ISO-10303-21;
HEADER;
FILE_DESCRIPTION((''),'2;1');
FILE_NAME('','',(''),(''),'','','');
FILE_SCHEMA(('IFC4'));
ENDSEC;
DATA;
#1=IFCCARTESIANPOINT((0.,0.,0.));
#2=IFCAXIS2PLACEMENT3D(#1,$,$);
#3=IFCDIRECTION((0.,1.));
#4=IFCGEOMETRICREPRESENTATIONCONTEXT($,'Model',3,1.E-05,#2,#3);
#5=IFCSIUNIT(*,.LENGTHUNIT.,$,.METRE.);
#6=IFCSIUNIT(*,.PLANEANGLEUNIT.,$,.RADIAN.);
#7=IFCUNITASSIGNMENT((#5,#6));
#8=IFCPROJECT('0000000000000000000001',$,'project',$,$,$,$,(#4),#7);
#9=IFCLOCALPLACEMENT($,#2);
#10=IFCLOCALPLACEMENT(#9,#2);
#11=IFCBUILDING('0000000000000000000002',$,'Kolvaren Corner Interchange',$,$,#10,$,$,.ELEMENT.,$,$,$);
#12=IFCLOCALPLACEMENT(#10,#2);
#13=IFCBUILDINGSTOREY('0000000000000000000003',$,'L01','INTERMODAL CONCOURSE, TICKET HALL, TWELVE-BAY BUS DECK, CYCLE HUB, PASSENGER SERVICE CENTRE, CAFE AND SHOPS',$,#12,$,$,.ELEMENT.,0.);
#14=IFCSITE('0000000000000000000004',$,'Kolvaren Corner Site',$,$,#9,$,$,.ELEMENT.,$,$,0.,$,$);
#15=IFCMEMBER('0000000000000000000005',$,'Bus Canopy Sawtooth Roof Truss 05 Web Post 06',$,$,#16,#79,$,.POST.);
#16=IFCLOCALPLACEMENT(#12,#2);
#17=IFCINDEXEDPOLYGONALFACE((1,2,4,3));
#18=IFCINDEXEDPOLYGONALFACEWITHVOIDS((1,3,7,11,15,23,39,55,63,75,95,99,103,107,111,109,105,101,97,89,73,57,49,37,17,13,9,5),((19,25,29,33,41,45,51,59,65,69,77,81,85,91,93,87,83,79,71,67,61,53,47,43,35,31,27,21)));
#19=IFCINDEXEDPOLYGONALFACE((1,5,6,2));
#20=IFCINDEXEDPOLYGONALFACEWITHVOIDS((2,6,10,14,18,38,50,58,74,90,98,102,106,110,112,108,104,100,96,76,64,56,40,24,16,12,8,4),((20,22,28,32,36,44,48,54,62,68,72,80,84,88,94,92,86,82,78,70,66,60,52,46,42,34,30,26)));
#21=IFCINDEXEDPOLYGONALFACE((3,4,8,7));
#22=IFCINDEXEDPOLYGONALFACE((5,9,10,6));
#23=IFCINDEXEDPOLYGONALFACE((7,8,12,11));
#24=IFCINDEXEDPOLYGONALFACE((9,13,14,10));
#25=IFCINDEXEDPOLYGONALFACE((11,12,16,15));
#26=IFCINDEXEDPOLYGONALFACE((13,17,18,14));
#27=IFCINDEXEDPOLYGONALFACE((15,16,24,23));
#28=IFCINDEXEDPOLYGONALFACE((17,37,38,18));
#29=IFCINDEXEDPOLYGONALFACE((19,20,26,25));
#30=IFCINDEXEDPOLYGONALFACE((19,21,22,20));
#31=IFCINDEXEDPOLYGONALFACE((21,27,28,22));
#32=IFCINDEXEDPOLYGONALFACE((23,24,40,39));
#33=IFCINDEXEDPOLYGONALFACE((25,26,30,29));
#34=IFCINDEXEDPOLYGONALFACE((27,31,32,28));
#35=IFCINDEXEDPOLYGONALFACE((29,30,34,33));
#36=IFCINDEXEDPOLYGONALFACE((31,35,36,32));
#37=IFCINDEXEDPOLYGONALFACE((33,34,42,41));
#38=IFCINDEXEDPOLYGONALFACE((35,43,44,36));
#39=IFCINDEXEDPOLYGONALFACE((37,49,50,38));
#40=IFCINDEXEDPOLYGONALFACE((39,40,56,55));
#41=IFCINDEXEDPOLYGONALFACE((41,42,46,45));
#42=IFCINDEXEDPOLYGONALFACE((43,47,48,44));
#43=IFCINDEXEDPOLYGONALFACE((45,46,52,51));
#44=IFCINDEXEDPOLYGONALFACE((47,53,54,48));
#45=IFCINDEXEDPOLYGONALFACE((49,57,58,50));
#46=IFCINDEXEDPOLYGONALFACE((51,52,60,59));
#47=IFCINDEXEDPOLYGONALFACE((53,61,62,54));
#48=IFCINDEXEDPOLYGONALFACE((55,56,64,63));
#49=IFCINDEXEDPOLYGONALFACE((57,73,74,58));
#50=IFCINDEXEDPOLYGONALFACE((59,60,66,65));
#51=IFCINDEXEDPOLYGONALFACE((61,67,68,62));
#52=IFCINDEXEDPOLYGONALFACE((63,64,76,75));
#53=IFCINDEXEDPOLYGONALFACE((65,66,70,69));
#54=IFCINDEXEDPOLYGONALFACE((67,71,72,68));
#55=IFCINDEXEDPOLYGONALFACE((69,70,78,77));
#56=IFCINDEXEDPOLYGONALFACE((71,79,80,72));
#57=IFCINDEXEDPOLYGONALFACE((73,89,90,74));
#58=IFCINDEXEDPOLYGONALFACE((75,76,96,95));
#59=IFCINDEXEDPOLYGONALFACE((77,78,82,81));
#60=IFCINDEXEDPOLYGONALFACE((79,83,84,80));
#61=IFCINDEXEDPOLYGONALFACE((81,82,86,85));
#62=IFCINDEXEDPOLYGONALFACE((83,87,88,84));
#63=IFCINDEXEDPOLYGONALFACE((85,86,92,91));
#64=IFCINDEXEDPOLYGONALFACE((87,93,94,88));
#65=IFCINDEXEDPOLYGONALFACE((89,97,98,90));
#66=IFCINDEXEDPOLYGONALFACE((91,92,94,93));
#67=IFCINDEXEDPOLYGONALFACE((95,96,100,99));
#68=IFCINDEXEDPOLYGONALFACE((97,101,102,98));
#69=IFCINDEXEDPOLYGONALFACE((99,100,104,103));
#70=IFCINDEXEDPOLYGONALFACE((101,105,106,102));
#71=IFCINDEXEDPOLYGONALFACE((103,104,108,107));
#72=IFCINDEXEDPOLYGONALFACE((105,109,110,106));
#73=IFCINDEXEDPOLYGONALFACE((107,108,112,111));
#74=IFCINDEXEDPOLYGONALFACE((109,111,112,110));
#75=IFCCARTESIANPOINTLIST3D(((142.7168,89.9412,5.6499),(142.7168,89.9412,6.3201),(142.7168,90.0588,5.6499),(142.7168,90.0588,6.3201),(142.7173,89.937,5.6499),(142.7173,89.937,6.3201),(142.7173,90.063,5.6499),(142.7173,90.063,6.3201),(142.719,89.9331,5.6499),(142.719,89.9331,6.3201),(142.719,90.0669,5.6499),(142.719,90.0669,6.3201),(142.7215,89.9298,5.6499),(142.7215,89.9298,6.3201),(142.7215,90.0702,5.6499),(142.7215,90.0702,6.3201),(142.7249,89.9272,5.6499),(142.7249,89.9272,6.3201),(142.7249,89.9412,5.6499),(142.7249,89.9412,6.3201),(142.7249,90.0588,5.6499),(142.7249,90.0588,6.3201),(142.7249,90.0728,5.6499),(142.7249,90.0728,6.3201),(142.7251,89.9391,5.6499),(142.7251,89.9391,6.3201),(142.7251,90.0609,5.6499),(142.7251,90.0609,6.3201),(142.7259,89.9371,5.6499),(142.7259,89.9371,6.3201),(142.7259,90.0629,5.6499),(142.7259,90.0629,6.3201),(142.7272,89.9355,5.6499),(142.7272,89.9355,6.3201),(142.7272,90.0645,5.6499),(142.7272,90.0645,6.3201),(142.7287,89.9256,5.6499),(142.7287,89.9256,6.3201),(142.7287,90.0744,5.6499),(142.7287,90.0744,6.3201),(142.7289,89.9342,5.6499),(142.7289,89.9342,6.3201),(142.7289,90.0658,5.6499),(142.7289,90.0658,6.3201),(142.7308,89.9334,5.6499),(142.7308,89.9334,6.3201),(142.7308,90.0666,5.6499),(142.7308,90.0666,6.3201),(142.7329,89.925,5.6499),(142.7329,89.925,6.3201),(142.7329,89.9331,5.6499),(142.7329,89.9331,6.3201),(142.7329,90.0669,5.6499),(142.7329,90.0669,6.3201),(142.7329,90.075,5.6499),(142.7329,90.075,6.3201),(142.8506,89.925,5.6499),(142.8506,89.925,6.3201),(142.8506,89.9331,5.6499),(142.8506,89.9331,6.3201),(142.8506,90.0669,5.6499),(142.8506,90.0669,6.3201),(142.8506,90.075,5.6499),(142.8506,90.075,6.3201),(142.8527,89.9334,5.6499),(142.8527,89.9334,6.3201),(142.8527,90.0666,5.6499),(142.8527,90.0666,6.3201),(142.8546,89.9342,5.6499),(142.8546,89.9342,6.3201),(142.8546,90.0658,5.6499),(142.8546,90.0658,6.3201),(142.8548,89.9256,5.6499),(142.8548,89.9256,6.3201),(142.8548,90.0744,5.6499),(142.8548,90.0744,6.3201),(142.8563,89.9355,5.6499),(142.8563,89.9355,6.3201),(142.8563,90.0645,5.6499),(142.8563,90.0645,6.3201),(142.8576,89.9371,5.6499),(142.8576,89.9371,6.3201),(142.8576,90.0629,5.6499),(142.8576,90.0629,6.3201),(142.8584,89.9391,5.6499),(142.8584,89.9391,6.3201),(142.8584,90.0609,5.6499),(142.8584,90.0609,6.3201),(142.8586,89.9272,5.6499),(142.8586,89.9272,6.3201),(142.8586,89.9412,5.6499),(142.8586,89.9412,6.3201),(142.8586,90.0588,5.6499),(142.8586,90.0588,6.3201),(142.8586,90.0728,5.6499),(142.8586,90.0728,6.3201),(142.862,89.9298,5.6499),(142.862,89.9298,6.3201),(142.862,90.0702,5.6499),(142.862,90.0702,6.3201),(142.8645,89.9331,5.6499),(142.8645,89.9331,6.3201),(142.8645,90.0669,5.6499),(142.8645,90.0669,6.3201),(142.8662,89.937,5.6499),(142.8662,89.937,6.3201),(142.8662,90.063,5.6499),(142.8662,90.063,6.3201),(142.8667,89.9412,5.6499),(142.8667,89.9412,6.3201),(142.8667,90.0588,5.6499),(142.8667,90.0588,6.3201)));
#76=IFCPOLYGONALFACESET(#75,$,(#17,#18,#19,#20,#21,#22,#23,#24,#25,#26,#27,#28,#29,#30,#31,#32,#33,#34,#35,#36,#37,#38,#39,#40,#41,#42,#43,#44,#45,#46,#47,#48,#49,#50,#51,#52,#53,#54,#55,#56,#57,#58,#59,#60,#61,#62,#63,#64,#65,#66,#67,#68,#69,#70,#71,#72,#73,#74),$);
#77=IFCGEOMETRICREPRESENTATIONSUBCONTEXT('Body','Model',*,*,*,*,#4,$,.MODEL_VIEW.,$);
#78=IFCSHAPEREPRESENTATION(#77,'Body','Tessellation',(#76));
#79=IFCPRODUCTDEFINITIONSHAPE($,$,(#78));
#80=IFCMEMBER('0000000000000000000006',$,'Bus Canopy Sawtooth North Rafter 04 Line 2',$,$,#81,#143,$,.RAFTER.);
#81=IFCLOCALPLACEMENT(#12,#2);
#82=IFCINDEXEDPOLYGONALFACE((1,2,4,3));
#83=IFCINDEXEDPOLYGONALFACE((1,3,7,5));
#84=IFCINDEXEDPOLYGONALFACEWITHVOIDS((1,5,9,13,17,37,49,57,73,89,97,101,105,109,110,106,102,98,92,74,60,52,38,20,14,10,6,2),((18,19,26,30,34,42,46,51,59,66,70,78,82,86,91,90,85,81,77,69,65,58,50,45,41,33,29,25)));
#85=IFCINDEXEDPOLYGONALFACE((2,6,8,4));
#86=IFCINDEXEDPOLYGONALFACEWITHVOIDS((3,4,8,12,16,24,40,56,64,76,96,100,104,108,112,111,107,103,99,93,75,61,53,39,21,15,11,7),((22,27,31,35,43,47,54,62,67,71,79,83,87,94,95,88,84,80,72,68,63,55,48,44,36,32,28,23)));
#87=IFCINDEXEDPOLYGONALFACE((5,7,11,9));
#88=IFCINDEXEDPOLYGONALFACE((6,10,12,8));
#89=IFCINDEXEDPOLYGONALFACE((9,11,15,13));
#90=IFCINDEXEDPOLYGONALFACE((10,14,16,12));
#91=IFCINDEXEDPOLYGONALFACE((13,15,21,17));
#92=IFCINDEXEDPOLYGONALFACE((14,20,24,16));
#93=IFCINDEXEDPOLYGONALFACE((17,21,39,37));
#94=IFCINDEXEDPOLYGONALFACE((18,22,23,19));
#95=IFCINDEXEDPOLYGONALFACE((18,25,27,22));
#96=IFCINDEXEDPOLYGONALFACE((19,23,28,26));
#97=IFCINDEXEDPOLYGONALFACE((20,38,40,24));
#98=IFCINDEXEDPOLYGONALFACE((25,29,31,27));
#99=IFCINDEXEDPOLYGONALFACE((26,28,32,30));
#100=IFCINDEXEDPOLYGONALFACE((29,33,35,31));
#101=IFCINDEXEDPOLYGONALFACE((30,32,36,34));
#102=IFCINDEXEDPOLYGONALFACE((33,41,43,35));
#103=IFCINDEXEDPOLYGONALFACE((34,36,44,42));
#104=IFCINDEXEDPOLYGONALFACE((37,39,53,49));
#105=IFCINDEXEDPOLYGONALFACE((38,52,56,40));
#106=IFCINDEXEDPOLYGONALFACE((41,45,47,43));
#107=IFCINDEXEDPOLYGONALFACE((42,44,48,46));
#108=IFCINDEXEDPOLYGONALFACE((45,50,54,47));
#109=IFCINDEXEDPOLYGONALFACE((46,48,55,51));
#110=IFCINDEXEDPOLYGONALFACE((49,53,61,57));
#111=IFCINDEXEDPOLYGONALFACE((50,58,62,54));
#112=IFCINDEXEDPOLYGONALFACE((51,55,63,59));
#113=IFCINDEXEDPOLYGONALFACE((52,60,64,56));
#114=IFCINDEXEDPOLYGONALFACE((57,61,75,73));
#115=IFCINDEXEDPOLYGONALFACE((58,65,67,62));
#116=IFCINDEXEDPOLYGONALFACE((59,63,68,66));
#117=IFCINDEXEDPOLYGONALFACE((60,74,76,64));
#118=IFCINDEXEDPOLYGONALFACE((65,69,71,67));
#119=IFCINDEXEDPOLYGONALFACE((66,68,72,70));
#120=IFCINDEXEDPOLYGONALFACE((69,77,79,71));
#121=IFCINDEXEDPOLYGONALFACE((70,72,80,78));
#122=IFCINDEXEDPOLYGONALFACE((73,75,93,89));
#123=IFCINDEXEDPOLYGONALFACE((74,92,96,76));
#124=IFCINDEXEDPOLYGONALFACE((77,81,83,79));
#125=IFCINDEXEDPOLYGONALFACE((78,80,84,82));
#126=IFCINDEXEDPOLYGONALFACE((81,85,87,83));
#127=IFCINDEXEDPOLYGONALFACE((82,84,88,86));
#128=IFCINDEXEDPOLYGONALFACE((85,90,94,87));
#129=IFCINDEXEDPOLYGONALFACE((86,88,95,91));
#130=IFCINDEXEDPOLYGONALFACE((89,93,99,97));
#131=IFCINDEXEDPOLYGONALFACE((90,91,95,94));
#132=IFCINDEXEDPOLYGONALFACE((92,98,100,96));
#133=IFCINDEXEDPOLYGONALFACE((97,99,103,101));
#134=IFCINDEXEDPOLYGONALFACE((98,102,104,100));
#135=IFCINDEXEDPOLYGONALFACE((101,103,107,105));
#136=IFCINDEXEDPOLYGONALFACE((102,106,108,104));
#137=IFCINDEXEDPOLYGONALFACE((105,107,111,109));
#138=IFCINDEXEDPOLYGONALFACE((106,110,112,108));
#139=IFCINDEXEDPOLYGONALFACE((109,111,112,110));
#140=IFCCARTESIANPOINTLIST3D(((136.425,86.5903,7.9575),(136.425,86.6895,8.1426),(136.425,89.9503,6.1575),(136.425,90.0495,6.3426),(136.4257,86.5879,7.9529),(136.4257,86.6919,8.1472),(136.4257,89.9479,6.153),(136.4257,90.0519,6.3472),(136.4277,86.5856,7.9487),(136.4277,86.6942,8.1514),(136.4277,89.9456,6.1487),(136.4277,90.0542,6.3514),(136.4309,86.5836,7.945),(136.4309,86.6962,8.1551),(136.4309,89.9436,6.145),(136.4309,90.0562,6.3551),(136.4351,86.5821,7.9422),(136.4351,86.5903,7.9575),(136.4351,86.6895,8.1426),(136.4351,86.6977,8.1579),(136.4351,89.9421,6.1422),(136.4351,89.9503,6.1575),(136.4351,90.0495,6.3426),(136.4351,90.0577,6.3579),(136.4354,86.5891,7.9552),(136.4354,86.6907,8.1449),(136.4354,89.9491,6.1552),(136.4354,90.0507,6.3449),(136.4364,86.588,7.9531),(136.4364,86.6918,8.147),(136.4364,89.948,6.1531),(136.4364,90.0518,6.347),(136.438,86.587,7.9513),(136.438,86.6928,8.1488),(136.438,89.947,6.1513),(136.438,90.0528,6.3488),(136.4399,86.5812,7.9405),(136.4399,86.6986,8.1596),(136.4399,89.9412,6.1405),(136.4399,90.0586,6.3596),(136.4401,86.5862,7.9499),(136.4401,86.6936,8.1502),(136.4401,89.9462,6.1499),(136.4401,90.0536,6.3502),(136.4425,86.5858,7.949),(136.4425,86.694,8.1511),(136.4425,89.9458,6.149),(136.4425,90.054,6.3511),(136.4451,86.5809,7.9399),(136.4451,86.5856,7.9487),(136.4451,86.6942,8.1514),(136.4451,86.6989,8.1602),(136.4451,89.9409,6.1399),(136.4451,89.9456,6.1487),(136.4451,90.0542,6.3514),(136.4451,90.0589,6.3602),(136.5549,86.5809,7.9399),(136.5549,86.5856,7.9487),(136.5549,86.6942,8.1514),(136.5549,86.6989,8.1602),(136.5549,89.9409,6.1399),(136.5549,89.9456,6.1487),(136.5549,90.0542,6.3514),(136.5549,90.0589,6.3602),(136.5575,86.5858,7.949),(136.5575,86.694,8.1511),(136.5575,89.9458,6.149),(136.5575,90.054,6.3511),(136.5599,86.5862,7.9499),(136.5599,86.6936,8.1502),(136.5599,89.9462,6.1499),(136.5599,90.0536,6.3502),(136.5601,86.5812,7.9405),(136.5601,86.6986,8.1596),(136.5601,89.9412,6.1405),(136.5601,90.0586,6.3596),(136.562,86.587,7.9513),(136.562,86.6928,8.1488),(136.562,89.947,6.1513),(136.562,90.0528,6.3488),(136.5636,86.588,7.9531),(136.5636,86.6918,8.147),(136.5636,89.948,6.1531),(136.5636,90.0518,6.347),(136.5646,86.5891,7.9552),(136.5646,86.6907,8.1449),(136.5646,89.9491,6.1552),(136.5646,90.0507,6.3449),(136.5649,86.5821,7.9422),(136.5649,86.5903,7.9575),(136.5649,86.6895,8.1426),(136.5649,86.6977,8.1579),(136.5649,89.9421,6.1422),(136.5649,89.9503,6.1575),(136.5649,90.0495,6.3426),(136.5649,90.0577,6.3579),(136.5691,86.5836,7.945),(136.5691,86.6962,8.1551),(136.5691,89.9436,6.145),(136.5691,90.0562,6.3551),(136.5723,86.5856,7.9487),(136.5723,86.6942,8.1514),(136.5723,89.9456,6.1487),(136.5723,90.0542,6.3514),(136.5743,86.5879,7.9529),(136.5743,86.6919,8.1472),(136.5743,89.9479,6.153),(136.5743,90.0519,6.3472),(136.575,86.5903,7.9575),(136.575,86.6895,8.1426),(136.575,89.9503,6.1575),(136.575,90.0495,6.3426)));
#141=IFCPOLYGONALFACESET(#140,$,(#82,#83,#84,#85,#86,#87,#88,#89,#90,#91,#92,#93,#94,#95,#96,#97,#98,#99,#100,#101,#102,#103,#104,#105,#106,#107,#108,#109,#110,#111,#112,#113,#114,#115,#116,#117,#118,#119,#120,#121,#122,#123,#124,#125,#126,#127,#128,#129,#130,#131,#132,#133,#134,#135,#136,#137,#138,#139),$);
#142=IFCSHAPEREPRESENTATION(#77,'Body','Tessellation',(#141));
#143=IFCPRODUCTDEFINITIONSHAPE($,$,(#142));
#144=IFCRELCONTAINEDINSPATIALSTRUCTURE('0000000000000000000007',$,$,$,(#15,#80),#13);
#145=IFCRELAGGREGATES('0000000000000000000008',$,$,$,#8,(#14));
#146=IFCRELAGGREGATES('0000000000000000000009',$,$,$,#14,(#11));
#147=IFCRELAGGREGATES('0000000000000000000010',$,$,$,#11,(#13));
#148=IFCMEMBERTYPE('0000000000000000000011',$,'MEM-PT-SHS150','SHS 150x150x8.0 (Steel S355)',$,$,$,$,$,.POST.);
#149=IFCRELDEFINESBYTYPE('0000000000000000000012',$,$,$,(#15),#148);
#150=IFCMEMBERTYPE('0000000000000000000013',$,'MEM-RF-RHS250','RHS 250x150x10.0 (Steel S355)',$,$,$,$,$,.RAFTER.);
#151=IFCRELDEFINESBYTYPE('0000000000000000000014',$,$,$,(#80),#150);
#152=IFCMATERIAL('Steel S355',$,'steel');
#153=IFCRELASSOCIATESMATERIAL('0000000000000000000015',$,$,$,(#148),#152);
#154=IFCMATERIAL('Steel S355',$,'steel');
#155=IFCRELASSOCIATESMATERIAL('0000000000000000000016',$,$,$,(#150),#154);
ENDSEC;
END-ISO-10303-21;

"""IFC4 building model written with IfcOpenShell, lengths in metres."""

from ifc_helpers import new_model, si_unit, direction, frame, origin, origin_2d, place, context, subcontext, project, spatial, hollow_rectangle, extrude, material, material_profile, profile_set, type_object, element, save


model = new_model("IFC4")

# Units and contexts
model_context = context("Model", 3, precision=1e-05, world=origin(), true_north=direction((0.0, 1.0)))
body_context = subcontext(model_context, "Body", "Model", "MODEL_VIEW")
ifc_project = project(units=[si_unit("LENGTHUNIT", "METRE"), si_unit("PLANEANGLEUNIT", "RADIAN")], contexts=[model_context])

# Site, building, storey
site_placement = place(None, origin())
site = spatial("IfcSite", under=ifc_project, at=site_placement, Name="Kolvaren Corner Site", CompositionType="ELEMENT", RefElevation=0.0)
building_placement = place(site_placement, origin())
building = spatial("IfcBuilding", under=site, at=building_placement, Name="Kolvaren Corner Interchange", CompositionType="ELEMENT")
storey_placement = place(building_placement, origin())
storey = spatial("IfcBuildingStorey", under=building, at=storey_placement, Name="L01", Description="INTERMODAL CONCOURSE, TICKET HALL, TWELVE-BAY BUS DECK, CYCLE HUB, PASSENGER SERVICE CENTRE, CAFE AND SHOPS", CompositionType="ELEMENT", Elevation=0.0)

# Members
ifc_material_1 = material(Name="Steel S355", Category="steel")
ifc_material_profile_1 = material_profile(ifc_material_1, hollow_rectangle(XDim=0.1499, YDim=0.1499, WallThickness=0.0081, InnerFilletRadius=0.0081, OuterFilletRadius=0.0161, at=origin_2d()), Name="SHS 150x150x8.0")
ifc_profile_set_1 = profile_set([ifc_material_profile_1], Name="Steel S355")
member_type_1 = type_object("IfcMemberType", Name="MEM-PT-SHS150", Description="SHS 150x150x8.0 (Steel S355)", PredefinedType="POST", material=ifc_profile_set_1)
for number, where, z_axis, x_axis, name in (
    (1, (142.7917, 90.0, 5.6499), (0.0, 0.0, 1.0), (1.0, 0.0, 0.0), "Bus Canopy Sawtooth Roof Truss 05 Web Post 06"),
):
    element("IfcMember", number, at=place(storey_placement, frame(where, z_axis=z_axis, x_axis=x_axis)), inside=storey, type_object=member_type_1, Name=name, PredefinedType="POST", context=body_context, shape_type="SweptSolid", body=[
        extrude(hollow_rectangle(XDim=0.1499, YDim=0.1499, WallThickness=0.0081, InnerFilletRadius=0.0081, OuterFilletRadius=0.0161, at=origin_2d()), origin(), (0.0, 0.0, 1.0), 0.6702),
    ])
ifc_material_2 = material(Name="Steel S355", Category="steel")
ifc_material_profile_2 = material_profile(ifc_material_2, hollow_rectangle(XDim=0.1499, YDim=0.25, WallThickness=0.01, InnerFilletRadius=0.01, OuterFilletRadius=0.02, at=origin_2d()), Name="RHS 250x150x10.0")
ifc_profile_set_2 = profile_set([ifc_material_profile_2], Name="Steel S355")
member_type_2 = type_object("IfcMemberType", Name="MEM-RF-RHS250", Description="RHS 250x150x10.0 (Steel S355)", PredefinedType="RAFTER", material=ifc_profile_set_2)
for number, where, z_axis, x_axis, name in (
    (2, (136.5, 86.6399, 8.05), (0.0, 0.881481, -0.47222), (-1.0, 0.0, 0.0), "Bus Canopy Sawtooth North Rafter 04 Line 2"),
):
    element("IfcMember", number, at=place(storey_placement, frame(where, z_axis=z_axis, x_axis=x_axis)), inside=storey, type_object=member_type_2, Name=name, PredefinedType="RAFTER", context=body_context, shape_type="SweptSolid", body=[
        extrude(hollow_rectangle(XDim=0.1499, YDim=0.25, WallThickness=0.01, InnerFilletRadius=0.01, OuterFilletRadius=0.02, at=origin_2d()), origin(), (0.0, 0.0, 1.0), 3.8118),
    ])

save(model, "model.ifc")
